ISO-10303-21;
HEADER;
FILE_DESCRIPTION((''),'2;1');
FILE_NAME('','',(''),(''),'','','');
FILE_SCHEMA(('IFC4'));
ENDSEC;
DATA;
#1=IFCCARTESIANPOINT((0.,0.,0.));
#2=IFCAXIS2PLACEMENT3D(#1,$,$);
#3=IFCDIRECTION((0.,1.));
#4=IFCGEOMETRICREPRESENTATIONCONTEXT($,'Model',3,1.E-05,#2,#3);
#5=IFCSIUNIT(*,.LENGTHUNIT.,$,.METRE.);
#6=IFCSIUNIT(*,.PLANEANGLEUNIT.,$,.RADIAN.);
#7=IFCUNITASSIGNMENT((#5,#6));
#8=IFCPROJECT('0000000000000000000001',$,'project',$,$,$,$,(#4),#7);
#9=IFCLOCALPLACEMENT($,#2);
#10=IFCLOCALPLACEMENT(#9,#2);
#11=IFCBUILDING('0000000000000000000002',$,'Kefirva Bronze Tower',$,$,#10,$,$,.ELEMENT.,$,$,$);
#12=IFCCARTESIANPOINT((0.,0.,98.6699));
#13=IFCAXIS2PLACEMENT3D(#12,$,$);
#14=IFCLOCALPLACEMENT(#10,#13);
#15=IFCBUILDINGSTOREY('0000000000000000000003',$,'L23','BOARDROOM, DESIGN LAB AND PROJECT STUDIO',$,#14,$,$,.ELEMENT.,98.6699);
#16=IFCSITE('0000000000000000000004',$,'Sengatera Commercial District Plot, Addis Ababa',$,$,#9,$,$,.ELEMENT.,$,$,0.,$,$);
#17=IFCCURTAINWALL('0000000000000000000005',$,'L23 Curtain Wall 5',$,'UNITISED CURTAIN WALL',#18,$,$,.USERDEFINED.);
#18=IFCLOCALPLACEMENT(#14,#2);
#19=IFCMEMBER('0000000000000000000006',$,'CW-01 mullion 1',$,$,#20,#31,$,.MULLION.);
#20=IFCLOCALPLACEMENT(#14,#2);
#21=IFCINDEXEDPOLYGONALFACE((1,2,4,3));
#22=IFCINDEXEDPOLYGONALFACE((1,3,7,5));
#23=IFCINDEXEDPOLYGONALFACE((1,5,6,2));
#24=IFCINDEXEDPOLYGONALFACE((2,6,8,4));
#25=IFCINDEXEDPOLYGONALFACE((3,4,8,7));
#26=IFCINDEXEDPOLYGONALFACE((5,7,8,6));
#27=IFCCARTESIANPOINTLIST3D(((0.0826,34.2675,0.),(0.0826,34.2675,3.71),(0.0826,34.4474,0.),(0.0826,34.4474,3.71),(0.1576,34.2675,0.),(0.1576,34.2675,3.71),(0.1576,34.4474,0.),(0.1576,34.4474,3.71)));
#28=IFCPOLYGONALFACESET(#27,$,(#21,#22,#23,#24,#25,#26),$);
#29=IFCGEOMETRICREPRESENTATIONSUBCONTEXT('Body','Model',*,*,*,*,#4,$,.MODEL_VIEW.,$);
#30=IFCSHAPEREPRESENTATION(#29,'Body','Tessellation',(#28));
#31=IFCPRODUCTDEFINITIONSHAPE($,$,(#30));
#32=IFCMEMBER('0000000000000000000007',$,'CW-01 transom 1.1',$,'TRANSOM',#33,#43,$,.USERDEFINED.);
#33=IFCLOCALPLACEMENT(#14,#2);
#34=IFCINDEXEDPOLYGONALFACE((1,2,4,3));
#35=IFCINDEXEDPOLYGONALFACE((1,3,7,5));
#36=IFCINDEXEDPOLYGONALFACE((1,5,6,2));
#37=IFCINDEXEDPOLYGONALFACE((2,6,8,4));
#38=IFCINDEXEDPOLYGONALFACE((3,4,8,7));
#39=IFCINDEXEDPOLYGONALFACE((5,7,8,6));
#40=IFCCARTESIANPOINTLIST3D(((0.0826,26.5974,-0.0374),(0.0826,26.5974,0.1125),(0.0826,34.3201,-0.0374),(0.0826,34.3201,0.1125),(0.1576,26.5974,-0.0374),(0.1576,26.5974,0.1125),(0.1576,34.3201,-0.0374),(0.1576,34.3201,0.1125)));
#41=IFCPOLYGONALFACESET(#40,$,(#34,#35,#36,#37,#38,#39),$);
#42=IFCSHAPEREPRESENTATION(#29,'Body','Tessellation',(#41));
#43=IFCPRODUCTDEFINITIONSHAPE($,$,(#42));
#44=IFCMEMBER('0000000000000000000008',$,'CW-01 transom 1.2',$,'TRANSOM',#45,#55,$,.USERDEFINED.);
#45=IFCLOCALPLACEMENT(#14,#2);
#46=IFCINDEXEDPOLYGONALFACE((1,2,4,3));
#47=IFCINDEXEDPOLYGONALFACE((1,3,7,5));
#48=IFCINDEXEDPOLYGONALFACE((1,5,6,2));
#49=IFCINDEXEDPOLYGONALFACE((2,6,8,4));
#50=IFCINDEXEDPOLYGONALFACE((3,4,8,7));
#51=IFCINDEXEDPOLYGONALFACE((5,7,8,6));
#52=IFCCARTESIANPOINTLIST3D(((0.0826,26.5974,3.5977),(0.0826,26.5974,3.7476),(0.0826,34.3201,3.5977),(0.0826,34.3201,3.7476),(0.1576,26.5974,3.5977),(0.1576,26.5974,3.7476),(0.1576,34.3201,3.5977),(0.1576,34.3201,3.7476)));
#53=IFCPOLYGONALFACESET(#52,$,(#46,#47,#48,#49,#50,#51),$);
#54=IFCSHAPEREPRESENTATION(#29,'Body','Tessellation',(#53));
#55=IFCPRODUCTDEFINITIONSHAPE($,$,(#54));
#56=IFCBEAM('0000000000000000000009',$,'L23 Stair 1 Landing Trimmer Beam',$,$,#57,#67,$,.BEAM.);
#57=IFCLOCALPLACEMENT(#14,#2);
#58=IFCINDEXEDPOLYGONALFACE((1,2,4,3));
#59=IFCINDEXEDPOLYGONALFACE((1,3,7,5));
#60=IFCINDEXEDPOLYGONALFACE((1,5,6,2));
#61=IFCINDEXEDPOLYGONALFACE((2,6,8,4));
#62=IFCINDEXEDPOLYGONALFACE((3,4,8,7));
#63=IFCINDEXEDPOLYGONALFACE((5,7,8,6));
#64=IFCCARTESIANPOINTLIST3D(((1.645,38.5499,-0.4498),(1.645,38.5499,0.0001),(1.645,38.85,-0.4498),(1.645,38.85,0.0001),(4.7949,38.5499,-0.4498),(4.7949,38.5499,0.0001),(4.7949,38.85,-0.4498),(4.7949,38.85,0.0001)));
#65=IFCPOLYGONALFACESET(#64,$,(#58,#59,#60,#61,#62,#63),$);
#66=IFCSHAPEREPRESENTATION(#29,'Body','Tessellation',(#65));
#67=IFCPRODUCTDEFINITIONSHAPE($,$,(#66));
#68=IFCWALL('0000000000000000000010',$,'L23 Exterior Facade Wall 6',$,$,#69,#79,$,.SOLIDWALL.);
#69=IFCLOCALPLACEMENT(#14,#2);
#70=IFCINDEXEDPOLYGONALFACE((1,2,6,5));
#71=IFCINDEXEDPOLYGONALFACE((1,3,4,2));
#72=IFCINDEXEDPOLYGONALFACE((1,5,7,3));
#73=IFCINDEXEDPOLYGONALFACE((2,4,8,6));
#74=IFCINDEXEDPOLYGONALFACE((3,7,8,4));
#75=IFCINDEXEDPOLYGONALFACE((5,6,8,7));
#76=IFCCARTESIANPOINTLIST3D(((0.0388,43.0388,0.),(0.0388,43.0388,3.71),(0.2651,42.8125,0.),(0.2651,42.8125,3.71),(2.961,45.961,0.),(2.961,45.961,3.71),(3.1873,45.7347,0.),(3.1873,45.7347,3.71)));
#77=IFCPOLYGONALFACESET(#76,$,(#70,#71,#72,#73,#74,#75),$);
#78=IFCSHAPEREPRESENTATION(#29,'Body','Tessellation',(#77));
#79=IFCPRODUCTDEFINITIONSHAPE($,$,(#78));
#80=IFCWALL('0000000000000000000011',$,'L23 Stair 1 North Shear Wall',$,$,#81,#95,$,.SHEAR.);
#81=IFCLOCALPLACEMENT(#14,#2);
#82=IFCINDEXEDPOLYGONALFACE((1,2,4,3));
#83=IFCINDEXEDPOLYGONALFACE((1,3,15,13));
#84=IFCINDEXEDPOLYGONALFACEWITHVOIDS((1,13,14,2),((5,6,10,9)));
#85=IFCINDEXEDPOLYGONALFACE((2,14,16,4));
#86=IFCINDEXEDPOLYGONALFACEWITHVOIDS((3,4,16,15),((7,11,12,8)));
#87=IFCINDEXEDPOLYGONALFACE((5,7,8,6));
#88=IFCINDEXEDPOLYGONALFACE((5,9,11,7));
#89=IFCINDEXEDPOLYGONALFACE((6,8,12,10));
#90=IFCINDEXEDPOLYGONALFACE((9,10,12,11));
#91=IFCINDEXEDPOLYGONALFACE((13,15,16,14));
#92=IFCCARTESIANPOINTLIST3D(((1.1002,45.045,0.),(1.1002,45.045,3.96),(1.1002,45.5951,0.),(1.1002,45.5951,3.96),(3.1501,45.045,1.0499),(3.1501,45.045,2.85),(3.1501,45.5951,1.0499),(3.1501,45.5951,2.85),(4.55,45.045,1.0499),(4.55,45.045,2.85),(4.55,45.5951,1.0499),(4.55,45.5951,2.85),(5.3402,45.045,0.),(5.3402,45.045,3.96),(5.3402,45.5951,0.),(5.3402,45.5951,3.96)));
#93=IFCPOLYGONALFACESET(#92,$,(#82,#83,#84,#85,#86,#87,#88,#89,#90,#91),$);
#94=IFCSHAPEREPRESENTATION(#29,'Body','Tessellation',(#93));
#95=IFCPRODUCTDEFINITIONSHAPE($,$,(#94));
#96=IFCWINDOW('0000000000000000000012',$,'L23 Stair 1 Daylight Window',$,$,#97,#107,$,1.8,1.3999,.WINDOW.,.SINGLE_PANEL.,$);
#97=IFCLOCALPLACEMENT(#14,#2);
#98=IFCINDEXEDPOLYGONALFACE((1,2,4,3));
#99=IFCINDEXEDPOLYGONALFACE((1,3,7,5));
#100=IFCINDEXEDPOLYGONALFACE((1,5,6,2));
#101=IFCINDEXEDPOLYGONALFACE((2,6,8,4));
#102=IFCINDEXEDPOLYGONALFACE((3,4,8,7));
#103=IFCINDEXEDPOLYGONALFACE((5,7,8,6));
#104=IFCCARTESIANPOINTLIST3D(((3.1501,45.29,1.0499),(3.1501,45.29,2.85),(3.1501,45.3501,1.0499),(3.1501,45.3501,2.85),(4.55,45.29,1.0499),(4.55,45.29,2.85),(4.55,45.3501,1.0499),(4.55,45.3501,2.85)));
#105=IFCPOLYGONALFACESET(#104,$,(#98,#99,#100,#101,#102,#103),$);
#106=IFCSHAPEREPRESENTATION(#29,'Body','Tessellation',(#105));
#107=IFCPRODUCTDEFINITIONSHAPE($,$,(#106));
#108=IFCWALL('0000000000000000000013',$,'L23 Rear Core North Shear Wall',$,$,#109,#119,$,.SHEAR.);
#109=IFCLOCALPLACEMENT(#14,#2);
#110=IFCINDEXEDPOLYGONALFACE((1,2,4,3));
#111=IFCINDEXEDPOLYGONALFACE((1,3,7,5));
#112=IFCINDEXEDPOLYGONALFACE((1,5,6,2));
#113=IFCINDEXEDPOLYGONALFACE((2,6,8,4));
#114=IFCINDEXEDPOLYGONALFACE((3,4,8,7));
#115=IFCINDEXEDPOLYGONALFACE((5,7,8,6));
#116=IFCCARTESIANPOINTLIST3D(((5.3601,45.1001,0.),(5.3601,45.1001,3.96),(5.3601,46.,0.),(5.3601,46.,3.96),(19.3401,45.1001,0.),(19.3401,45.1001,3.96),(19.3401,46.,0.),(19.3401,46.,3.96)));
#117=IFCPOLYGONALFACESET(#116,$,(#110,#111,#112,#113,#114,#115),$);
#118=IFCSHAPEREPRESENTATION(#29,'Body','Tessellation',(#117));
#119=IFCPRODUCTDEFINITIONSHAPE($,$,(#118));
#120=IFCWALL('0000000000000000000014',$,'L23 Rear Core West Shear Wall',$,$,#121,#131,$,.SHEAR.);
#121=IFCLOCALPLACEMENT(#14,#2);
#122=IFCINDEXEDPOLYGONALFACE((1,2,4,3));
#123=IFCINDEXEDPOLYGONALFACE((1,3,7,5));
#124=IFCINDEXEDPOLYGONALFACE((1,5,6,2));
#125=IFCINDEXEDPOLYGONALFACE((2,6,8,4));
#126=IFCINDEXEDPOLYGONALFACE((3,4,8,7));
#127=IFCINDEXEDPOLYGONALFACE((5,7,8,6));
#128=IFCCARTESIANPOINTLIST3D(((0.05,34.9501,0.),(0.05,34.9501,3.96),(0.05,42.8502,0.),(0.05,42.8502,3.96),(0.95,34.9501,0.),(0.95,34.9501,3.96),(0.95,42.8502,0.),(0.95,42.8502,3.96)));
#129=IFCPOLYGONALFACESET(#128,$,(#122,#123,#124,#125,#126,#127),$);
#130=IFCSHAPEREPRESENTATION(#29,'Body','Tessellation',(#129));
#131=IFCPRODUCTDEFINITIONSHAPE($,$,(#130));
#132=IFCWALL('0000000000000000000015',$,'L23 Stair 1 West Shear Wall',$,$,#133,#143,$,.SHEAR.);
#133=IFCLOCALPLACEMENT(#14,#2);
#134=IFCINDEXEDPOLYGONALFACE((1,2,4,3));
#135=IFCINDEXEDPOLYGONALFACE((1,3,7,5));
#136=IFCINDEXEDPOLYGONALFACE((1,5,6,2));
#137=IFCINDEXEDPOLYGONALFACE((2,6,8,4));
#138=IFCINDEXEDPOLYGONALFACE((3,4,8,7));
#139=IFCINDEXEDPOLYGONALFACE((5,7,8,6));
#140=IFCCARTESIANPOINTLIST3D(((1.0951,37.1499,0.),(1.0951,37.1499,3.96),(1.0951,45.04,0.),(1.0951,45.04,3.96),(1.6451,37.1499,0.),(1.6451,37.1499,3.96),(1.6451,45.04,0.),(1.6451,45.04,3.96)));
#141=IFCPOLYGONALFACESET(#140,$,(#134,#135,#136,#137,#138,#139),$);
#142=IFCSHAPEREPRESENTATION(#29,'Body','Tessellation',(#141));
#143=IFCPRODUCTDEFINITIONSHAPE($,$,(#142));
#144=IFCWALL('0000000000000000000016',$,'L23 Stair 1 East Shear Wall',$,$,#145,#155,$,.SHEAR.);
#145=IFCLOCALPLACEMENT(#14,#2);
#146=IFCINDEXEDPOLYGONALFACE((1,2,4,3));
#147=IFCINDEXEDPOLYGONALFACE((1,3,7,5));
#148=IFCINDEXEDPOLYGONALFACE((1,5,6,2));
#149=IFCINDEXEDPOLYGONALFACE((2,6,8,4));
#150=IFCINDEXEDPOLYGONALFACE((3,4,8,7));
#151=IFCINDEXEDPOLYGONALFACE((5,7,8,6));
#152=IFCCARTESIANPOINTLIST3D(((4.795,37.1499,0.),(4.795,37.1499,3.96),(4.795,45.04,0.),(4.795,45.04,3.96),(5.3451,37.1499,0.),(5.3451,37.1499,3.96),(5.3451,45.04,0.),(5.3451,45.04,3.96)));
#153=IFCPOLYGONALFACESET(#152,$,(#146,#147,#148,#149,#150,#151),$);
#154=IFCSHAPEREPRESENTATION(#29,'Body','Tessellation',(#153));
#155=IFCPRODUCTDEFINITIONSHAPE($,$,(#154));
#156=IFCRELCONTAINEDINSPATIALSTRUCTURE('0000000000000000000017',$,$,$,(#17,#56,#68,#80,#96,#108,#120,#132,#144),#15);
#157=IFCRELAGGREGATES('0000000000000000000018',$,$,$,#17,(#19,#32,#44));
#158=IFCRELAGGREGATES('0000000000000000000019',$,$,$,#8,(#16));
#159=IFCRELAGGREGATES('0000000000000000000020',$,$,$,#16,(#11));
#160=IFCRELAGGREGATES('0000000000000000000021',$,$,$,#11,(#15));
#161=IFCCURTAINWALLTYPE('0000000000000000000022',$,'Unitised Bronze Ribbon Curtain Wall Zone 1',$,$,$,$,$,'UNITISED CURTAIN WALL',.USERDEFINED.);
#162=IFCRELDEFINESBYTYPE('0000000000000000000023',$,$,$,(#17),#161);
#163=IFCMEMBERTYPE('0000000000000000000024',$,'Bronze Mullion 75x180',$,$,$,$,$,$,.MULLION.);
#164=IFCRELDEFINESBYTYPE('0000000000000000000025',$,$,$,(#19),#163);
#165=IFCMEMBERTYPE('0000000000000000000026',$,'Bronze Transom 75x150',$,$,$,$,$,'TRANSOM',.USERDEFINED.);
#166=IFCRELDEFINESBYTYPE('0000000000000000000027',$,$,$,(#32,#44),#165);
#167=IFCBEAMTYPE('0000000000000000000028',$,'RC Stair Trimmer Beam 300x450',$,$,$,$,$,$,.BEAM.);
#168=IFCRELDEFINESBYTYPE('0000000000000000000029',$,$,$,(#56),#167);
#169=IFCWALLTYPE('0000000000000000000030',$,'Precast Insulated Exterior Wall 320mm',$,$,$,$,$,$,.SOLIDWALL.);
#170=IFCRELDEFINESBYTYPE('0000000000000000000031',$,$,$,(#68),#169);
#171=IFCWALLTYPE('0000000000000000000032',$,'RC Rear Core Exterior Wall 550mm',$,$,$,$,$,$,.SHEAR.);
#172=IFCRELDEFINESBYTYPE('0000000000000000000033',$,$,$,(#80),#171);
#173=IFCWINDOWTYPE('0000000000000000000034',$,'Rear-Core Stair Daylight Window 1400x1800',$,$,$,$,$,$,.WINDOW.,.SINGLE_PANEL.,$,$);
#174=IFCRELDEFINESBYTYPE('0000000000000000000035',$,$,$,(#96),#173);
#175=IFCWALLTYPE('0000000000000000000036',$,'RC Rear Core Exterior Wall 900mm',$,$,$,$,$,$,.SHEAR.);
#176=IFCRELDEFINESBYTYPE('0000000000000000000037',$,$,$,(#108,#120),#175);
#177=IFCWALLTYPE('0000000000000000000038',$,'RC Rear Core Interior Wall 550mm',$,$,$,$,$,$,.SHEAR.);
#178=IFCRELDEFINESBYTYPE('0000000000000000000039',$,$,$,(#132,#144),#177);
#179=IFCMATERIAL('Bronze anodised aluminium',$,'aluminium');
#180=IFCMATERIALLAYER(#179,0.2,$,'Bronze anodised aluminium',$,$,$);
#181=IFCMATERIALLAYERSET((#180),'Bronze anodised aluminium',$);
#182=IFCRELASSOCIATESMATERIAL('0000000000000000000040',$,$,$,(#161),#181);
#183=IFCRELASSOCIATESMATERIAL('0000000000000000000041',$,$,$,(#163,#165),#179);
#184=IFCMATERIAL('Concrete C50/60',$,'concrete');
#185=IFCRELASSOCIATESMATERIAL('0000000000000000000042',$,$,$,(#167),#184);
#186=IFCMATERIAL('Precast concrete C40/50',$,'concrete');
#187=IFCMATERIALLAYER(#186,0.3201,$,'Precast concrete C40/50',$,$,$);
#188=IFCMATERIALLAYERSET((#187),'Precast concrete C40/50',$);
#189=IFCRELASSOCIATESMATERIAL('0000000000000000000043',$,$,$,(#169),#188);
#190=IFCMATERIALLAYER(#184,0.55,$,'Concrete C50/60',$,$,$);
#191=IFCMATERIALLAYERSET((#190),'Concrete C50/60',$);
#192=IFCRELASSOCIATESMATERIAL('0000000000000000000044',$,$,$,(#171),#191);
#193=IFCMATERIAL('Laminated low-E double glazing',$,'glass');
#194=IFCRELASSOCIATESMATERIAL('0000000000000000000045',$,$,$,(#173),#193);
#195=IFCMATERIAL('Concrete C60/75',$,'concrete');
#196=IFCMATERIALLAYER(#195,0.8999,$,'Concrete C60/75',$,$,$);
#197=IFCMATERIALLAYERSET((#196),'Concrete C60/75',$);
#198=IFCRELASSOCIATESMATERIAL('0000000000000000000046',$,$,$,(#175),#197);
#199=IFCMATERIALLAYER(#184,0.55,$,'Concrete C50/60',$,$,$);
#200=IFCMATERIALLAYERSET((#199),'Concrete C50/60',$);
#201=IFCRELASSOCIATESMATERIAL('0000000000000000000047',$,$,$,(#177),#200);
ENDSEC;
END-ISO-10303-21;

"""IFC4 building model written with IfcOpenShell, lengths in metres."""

from ifc_helpers import new_model, si_unit, direction, frame, frame_2d, origin, origin_2d, place, context, subcontext, project, spatial, rectangle, extrude, material, layer, layer_set, material_profile, profile_set, type_object, element, fill, aggregate, save


model = new_model("IFC4")

# Units and contexts
model_context = context("Model", 3, precision=1e-05, world=origin(), true_north=direction((0.0, 1.0)))
body_context = subcontext(model_context, "Body", "Model", "MODEL_VIEW")
ifc_project = project(units=[si_unit("LENGTHUNIT", "METRE"), si_unit("PLANEANGLEUNIT", "RADIAN")], contexts=[model_context])

# Site, building, storey
site_placement = place(None, origin())
site = spatial("IfcSite", under=ifc_project, at=site_placement, Name="Sengatera Commercial District Plot, Addis Ababa", CompositionType="ELEMENT", RefElevation=0.0)
building_placement = place(site_placement, origin())
building = spatial("IfcBuilding", under=site, at=building_placement, Name="Kefirva Bronze Tower", CompositionType="ELEMENT")
storey_placement = place(building_placement, frame((0.0, 0.0, 98.6699)))
storey = spatial("IfcBuildingStorey", under=building, at=storey_placement, Name="L23", Description="BOARDROOM, DESIGN LAB AND PROJECT STUDIO", CompositionType="ELEMENT", Elevation=98.6699)

# Curtain wall, members
ifc_material_1 = material(Name="Bronze anodised aluminium", Category="aluminium")
ifc_layer_1 = layer(ifc_material_1, 0.2, Name="Bronze anodised aluminium")
ifc_layer_set_1 = layer_set([ifc_layer_1], Name="Bronze anodised aluminium")
curtain_wall_type = type_object("IfcCurtainWallType", Name="Unitised Bronze Ribbon Curtain Wall Zone 1", ElementType="UNITISED CURTAIN WALL", PredefinedType="USERDEFINED", material=ifc_layer_set_1)
curtain_wall_placement = place(storey_placement, origin())
curtain_wall = element("IfcCurtainWall", 1, at=curtain_wall_placement, inside=storey, type_object=curtain_wall_type, Name="L23 Curtain Wall 5", ObjectType="UNITISED CURTAIN WALL", PredefinedType="USERDEFINED")
ifc_material_profile_1 = material_profile(ifc_material_1, rectangle(XDim=0.075, YDim=0.1799, at=origin_2d()), Name="ALU 75x180")
ifc_profile_set_1 = profile_set([ifc_material_profile_1], Name="Bronze anodised aluminium")
member_type_1 = type_object("IfcMemberType", Name="Bronze Mullion 75x180", PredefinedType="MULLION", material=ifc_profile_set_1)
member_1_placement = place(storey_placement, frame((0.1201, 34.3574, 0.0), z_axis=(0.0, 0.0, 1.0), x_axis=(1.0, 0.0, 0.0)))
member_1 = element("IfcMember", 2, at=member_1_placement, type_object=member_type_1, Name="CW-01 mullion 1", PredefinedType="MULLION", context=body_context, shape_type="SweptSolid", body=[
    extrude(rectangle(XDim=0.075, YDim=0.1799, at=origin_2d()), origin(), (0.0, 0.0, 1.0), 3.71),
])
ifc_material_profile_2 = material_profile(ifc_material_1, rectangle(XDim=0.075, YDim=0.1499, at=origin_2d()), Name="ALU 75x150")
ifc_profile_set_2 = profile_set([ifc_material_profile_2], Name="Bronze anodised aluminium")
member_type_2 = type_object("IfcMemberType", Name="Bronze Transom 75x150", ElementType="TRANSOM", PredefinedType="USERDEFINED", material=ifc_profile_set_2)
member_2_placement = place(storey_placement, frame((0.1201, 34.3201, 0.0376), z_axis=(0.0, -1.0, 0.0), x_axis=(1.0, 0.0, 0.0)))
member_2 = element("IfcMember", 3, at=member_2_placement, type_object=member_type_2, Name="CW-01 transom 1.1", ObjectType="TRANSOM", PredefinedType="USERDEFINED", context=body_context, shape_type="SweptSolid", body=[
    extrude(rectangle(XDim=0.075, YDim=0.1499, at=origin_2d()), origin(), (0.0, 0.0, 1.0), 7.7227),
])
member_3_placement = place(storey_placement, frame((0.1201, 34.3201, 3.6726), z_axis=(0.0, -1.0, 0.0), x_axis=(1.0, 0.0, 0.0)))
member_3 = element("IfcMember", 4, at=member_3_placement, type_object=member_type_2, Name="CW-01 transom 1.2", ObjectType="TRANSOM", PredefinedType="USERDEFINED", context=body_context, shape_type="SweptSolid", body=[
    extrude(rectangle(XDim=0.075, YDim=0.1499, at=origin_2d()), origin(), (0.0, 0.0, 1.0), 7.7227),
])
aggregate(curtain_wall, [member_1, member_2, member_3])

# Beam
ifc_material_2 = material(Name="Concrete C50/60", Category="concrete")
ifc_material_profile_3 = material_profile(ifc_material_2, rectangle(XDim=0.3, YDim=0.45, at=origin_2d()), Name="RC 300x450")
ifc_profile_set_3 = profile_set([ifc_material_profile_3], Name="Concrete C50/60")
beam_type = type_object("IfcBeamType", Name="RC Stair Trimmer Beam 300x450", PredefinedType="BEAM", material=ifc_profile_set_3)
beam_placement = place(storey_placement, frame((1.645, 38.7, -0.2249), z_axis=(1.0, 0.0, 0.0), x_axis=(0.0, 1.0, 0.0)))
element("IfcBeam", 5, at=beam_placement, inside=storey, type_object=beam_type, Name="L23 Stair 1 Landing Trimmer Beam", PredefinedType="BEAM", context=body_context, shape_type="SweptSolid", body=[
    extrude(rectangle(XDim=0.3, YDim=0.45, at=origin_2d()), origin(), (0.0, 0.0, 1.0), 3.1499),
])

# Wall
ifc_material_3 = material(Name="Precast concrete C40/50", Category="concrete")
ifc_layer_2 = layer(ifc_material_3, 0.3201, Name="Precast concrete C40/50")
ifc_layer_set_2 = layer_set([ifc_layer_2], Name="Precast concrete C40/50")
wall_type_1 = type_object("IfcWallType", Name="Precast Insulated Exterior Wall 320mm", PredefinedType="SOLIDWALL", material=ifc_layer_set_2)
wall_1_placement = place(storey_placement, frame((3.0742, 45.8479, 0.0), z_axis=(0.0, 0.0, 1.0), x_axis=(-0.707107, -0.707107, 0.0)))
element("IfcWall", 6, at=wall_1_placement, inside=storey, type_object=wall_type_1, Name="L23 Exterior Facade Wall 6", PredefinedType="SOLIDWALL", context=body_context, shape_type="SweptSolid", body=[
    extrude(rectangle(XDim=4.1326, YDim=0.3201, at=frame_2d((2.0664, 0.0))), origin(), (0.0, 0.0, 1.0), 3.71),
])

# Wall, opening, window
ifc_layer_3 = layer(ifc_material_2, 0.55, Name="Concrete C50/60")
ifc_layer_set_3 = layer_set([ifc_layer_3], Name="Concrete C50/60")
wall_type_2 = type_object("IfcWallType", Name="RC Rear Core Exterior Wall 550mm", PredefinedType="SHEAR", material=ifc_layer_set_3)
wall_2_placement = place(storey_placement, frame((1.1001, 45.3201, 0.0), z_axis=(0.0, 0.0, 1.0), x_axis=(1.0, 0.0, 0.0)))
wall_2 = element("IfcWall", 7, at=wall_2_placement, inside=storey, type_object=wall_type_2, Name="L23 Stair 1 North Shear Wall", PredefinedType="SHEAR", context=body_context, shape_type="SweptSolid", body=[
    extrude(rectangle(XDim=4.24, YDim=0.55, at=frame_2d((2.1201, 0.0))), origin(), (0.0, 0.0, 1.0), 3.96),
])
opening_1_placement = place(wall_2_placement, frame((2.05, 0.0, 1.05)))
opening_1 = element("IfcOpeningElement", 8, at=opening_1_placement, cuts=wall_2, PredefinedType="OPENING", context=body_context, shape_type="SweptSolid", body=[
    extrude(rectangle(XDim=1.3999, YDim=1.8, at=frame_2d((0.7, 0.8999))), frame((0.0, 0.2852, 0.0), z_axis=(0.0, -1.0, 0.0), x_axis=(1.0, 0.0, 0.0)), (0.0, 0.0, 1.0), 0.5701),
])
ifc_material_4 = material(Name="Laminated low-E double glazing", Category="glass")
window_type = type_object("IfcWindowType", Name="Rear-Core Stair Daylight Window 1400x1800", PartitioningType="SINGLE_PANEL", PredefinedType="WINDOW", material=ifc_material_4)
window_placement = place(opening_1_placement, origin())
window = element("IfcWindow", 9, at=window_placement, inside=storey, type_object=window_type, Name="L23 Stair 1 Daylight Window", OverallHeight=1.8, OverallWidth=1.3999, PartitioningType="SINGLE_PANEL", PredefinedType="WINDOW", context=body_context, shape_type="SweptSolid", body=[
    extrude(rectangle(XDim=1.3999, YDim=1.8, at=frame_2d((0.7, 0.8999))), frame((0.0, 0.03, 0.0), z_axis=(0.0, -1.0, 0.0), x_axis=(1.0, 0.0, 0.0)), (0.0, 0.0, 1.0), 0.0601),
])
fill(opening_1, window)

# Walls
ifc_material_5 = material(Name="Concrete C60/75", Category="concrete")
ifc_layer_4 = layer(ifc_material_5, 0.8999, Name="Concrete C60/75")
ifc_layer_set_4 = layer_set([ifc_layer_4], Name="Concrete C60/75")
wall_type_3 = type_object("IfcWallType", Name="RC Rear Core Exterior Wall 900mm", PredefinedType="SHEAR", material=ifc_layer_set_4)
wall_3_placement = place(storey_placement, frame((5.3601, 45.55, 0.0), z_axis=(0.0, 0.0, 1.0), x_axis=(1.0, 0.0, 0.0)))
element("IfcWall", 10, at=wall_3_placement, inside=storey, type_object=wall_type_3, Name="L23 Rear Core North Shear Wall", PredefinedType="SHEAR", context=body_context, shape_type="SweptSolid", body=[
    extrude(rectangle(XDim=13.98, YDim=0.8999, at=frame_2d((6.99, 0.0))), origin(), (0.0, 0.0, 1.0), 3.96),
])
wall_4_placement = place(storey_placement, frame((0.5, 34.95, 0.0), z_axis=(0.0, 0.0, 1.0), x_axis=(0.0, 1.0, 0.0)))
element("IfcWall", 11, at=wall_4_placement, inside=storey, type_object=wall_type_3, Name="L23 Rear Core West Shear Wall", PredefinedType="SHEAR", context=body_context, shape_type="SweptSolid", body=[
    extrude(rectangle(XDim=7.9001, YDim=0.8999, at=frame_2d((3.9502, 0.0))), origin(), (0.0, 0.0, 1.0), 3.96),
])
ifc_layer_5 = layer(ifc_material_2, 0.55, Name="Concrete C50/60")
ifc_layer_set_5 = layer_set([ifc_layer_5], Name="Concrete C50/60")
wall_type_4 = type_object("IfcWallType", Name="RC Rear Core Interior Wall 550mm", PredefinedType="SHEAR", material=ifc_layer_set_5)
for number, where, z_axis, x_axis, name in (
    (12, (1.3701, 37.1499, 0.0), (0.0, 0.0, 1.0), (0.0, 1.0, 0.0), "L23 Stair 1 West Shear Wall"),
    (13, (5.0701, 37.1499, 0.0), (0.0, 0.0, 1.0), (0.0, 1.0, 0.0), "L23 Stair 1 East Shear Wall"),
):
    element("IfcWall", number, at=place(storey_placement, frame(where, z_axis=z_axis, x_axis=x_axis)), inside=storey, type_object=wall_type_4, Name=name, PredefinedType="SHEAR", context=body_context, shape_type="SweptSolid", body=[
        extrude(rectangle(XDim=7.8901, YDim=0.55, at=frame_2d((3.9451, 0.0))), origin(), (0.0, 0.0, 1.0), 3.96),
    ])

save(model, "model.ifc")
